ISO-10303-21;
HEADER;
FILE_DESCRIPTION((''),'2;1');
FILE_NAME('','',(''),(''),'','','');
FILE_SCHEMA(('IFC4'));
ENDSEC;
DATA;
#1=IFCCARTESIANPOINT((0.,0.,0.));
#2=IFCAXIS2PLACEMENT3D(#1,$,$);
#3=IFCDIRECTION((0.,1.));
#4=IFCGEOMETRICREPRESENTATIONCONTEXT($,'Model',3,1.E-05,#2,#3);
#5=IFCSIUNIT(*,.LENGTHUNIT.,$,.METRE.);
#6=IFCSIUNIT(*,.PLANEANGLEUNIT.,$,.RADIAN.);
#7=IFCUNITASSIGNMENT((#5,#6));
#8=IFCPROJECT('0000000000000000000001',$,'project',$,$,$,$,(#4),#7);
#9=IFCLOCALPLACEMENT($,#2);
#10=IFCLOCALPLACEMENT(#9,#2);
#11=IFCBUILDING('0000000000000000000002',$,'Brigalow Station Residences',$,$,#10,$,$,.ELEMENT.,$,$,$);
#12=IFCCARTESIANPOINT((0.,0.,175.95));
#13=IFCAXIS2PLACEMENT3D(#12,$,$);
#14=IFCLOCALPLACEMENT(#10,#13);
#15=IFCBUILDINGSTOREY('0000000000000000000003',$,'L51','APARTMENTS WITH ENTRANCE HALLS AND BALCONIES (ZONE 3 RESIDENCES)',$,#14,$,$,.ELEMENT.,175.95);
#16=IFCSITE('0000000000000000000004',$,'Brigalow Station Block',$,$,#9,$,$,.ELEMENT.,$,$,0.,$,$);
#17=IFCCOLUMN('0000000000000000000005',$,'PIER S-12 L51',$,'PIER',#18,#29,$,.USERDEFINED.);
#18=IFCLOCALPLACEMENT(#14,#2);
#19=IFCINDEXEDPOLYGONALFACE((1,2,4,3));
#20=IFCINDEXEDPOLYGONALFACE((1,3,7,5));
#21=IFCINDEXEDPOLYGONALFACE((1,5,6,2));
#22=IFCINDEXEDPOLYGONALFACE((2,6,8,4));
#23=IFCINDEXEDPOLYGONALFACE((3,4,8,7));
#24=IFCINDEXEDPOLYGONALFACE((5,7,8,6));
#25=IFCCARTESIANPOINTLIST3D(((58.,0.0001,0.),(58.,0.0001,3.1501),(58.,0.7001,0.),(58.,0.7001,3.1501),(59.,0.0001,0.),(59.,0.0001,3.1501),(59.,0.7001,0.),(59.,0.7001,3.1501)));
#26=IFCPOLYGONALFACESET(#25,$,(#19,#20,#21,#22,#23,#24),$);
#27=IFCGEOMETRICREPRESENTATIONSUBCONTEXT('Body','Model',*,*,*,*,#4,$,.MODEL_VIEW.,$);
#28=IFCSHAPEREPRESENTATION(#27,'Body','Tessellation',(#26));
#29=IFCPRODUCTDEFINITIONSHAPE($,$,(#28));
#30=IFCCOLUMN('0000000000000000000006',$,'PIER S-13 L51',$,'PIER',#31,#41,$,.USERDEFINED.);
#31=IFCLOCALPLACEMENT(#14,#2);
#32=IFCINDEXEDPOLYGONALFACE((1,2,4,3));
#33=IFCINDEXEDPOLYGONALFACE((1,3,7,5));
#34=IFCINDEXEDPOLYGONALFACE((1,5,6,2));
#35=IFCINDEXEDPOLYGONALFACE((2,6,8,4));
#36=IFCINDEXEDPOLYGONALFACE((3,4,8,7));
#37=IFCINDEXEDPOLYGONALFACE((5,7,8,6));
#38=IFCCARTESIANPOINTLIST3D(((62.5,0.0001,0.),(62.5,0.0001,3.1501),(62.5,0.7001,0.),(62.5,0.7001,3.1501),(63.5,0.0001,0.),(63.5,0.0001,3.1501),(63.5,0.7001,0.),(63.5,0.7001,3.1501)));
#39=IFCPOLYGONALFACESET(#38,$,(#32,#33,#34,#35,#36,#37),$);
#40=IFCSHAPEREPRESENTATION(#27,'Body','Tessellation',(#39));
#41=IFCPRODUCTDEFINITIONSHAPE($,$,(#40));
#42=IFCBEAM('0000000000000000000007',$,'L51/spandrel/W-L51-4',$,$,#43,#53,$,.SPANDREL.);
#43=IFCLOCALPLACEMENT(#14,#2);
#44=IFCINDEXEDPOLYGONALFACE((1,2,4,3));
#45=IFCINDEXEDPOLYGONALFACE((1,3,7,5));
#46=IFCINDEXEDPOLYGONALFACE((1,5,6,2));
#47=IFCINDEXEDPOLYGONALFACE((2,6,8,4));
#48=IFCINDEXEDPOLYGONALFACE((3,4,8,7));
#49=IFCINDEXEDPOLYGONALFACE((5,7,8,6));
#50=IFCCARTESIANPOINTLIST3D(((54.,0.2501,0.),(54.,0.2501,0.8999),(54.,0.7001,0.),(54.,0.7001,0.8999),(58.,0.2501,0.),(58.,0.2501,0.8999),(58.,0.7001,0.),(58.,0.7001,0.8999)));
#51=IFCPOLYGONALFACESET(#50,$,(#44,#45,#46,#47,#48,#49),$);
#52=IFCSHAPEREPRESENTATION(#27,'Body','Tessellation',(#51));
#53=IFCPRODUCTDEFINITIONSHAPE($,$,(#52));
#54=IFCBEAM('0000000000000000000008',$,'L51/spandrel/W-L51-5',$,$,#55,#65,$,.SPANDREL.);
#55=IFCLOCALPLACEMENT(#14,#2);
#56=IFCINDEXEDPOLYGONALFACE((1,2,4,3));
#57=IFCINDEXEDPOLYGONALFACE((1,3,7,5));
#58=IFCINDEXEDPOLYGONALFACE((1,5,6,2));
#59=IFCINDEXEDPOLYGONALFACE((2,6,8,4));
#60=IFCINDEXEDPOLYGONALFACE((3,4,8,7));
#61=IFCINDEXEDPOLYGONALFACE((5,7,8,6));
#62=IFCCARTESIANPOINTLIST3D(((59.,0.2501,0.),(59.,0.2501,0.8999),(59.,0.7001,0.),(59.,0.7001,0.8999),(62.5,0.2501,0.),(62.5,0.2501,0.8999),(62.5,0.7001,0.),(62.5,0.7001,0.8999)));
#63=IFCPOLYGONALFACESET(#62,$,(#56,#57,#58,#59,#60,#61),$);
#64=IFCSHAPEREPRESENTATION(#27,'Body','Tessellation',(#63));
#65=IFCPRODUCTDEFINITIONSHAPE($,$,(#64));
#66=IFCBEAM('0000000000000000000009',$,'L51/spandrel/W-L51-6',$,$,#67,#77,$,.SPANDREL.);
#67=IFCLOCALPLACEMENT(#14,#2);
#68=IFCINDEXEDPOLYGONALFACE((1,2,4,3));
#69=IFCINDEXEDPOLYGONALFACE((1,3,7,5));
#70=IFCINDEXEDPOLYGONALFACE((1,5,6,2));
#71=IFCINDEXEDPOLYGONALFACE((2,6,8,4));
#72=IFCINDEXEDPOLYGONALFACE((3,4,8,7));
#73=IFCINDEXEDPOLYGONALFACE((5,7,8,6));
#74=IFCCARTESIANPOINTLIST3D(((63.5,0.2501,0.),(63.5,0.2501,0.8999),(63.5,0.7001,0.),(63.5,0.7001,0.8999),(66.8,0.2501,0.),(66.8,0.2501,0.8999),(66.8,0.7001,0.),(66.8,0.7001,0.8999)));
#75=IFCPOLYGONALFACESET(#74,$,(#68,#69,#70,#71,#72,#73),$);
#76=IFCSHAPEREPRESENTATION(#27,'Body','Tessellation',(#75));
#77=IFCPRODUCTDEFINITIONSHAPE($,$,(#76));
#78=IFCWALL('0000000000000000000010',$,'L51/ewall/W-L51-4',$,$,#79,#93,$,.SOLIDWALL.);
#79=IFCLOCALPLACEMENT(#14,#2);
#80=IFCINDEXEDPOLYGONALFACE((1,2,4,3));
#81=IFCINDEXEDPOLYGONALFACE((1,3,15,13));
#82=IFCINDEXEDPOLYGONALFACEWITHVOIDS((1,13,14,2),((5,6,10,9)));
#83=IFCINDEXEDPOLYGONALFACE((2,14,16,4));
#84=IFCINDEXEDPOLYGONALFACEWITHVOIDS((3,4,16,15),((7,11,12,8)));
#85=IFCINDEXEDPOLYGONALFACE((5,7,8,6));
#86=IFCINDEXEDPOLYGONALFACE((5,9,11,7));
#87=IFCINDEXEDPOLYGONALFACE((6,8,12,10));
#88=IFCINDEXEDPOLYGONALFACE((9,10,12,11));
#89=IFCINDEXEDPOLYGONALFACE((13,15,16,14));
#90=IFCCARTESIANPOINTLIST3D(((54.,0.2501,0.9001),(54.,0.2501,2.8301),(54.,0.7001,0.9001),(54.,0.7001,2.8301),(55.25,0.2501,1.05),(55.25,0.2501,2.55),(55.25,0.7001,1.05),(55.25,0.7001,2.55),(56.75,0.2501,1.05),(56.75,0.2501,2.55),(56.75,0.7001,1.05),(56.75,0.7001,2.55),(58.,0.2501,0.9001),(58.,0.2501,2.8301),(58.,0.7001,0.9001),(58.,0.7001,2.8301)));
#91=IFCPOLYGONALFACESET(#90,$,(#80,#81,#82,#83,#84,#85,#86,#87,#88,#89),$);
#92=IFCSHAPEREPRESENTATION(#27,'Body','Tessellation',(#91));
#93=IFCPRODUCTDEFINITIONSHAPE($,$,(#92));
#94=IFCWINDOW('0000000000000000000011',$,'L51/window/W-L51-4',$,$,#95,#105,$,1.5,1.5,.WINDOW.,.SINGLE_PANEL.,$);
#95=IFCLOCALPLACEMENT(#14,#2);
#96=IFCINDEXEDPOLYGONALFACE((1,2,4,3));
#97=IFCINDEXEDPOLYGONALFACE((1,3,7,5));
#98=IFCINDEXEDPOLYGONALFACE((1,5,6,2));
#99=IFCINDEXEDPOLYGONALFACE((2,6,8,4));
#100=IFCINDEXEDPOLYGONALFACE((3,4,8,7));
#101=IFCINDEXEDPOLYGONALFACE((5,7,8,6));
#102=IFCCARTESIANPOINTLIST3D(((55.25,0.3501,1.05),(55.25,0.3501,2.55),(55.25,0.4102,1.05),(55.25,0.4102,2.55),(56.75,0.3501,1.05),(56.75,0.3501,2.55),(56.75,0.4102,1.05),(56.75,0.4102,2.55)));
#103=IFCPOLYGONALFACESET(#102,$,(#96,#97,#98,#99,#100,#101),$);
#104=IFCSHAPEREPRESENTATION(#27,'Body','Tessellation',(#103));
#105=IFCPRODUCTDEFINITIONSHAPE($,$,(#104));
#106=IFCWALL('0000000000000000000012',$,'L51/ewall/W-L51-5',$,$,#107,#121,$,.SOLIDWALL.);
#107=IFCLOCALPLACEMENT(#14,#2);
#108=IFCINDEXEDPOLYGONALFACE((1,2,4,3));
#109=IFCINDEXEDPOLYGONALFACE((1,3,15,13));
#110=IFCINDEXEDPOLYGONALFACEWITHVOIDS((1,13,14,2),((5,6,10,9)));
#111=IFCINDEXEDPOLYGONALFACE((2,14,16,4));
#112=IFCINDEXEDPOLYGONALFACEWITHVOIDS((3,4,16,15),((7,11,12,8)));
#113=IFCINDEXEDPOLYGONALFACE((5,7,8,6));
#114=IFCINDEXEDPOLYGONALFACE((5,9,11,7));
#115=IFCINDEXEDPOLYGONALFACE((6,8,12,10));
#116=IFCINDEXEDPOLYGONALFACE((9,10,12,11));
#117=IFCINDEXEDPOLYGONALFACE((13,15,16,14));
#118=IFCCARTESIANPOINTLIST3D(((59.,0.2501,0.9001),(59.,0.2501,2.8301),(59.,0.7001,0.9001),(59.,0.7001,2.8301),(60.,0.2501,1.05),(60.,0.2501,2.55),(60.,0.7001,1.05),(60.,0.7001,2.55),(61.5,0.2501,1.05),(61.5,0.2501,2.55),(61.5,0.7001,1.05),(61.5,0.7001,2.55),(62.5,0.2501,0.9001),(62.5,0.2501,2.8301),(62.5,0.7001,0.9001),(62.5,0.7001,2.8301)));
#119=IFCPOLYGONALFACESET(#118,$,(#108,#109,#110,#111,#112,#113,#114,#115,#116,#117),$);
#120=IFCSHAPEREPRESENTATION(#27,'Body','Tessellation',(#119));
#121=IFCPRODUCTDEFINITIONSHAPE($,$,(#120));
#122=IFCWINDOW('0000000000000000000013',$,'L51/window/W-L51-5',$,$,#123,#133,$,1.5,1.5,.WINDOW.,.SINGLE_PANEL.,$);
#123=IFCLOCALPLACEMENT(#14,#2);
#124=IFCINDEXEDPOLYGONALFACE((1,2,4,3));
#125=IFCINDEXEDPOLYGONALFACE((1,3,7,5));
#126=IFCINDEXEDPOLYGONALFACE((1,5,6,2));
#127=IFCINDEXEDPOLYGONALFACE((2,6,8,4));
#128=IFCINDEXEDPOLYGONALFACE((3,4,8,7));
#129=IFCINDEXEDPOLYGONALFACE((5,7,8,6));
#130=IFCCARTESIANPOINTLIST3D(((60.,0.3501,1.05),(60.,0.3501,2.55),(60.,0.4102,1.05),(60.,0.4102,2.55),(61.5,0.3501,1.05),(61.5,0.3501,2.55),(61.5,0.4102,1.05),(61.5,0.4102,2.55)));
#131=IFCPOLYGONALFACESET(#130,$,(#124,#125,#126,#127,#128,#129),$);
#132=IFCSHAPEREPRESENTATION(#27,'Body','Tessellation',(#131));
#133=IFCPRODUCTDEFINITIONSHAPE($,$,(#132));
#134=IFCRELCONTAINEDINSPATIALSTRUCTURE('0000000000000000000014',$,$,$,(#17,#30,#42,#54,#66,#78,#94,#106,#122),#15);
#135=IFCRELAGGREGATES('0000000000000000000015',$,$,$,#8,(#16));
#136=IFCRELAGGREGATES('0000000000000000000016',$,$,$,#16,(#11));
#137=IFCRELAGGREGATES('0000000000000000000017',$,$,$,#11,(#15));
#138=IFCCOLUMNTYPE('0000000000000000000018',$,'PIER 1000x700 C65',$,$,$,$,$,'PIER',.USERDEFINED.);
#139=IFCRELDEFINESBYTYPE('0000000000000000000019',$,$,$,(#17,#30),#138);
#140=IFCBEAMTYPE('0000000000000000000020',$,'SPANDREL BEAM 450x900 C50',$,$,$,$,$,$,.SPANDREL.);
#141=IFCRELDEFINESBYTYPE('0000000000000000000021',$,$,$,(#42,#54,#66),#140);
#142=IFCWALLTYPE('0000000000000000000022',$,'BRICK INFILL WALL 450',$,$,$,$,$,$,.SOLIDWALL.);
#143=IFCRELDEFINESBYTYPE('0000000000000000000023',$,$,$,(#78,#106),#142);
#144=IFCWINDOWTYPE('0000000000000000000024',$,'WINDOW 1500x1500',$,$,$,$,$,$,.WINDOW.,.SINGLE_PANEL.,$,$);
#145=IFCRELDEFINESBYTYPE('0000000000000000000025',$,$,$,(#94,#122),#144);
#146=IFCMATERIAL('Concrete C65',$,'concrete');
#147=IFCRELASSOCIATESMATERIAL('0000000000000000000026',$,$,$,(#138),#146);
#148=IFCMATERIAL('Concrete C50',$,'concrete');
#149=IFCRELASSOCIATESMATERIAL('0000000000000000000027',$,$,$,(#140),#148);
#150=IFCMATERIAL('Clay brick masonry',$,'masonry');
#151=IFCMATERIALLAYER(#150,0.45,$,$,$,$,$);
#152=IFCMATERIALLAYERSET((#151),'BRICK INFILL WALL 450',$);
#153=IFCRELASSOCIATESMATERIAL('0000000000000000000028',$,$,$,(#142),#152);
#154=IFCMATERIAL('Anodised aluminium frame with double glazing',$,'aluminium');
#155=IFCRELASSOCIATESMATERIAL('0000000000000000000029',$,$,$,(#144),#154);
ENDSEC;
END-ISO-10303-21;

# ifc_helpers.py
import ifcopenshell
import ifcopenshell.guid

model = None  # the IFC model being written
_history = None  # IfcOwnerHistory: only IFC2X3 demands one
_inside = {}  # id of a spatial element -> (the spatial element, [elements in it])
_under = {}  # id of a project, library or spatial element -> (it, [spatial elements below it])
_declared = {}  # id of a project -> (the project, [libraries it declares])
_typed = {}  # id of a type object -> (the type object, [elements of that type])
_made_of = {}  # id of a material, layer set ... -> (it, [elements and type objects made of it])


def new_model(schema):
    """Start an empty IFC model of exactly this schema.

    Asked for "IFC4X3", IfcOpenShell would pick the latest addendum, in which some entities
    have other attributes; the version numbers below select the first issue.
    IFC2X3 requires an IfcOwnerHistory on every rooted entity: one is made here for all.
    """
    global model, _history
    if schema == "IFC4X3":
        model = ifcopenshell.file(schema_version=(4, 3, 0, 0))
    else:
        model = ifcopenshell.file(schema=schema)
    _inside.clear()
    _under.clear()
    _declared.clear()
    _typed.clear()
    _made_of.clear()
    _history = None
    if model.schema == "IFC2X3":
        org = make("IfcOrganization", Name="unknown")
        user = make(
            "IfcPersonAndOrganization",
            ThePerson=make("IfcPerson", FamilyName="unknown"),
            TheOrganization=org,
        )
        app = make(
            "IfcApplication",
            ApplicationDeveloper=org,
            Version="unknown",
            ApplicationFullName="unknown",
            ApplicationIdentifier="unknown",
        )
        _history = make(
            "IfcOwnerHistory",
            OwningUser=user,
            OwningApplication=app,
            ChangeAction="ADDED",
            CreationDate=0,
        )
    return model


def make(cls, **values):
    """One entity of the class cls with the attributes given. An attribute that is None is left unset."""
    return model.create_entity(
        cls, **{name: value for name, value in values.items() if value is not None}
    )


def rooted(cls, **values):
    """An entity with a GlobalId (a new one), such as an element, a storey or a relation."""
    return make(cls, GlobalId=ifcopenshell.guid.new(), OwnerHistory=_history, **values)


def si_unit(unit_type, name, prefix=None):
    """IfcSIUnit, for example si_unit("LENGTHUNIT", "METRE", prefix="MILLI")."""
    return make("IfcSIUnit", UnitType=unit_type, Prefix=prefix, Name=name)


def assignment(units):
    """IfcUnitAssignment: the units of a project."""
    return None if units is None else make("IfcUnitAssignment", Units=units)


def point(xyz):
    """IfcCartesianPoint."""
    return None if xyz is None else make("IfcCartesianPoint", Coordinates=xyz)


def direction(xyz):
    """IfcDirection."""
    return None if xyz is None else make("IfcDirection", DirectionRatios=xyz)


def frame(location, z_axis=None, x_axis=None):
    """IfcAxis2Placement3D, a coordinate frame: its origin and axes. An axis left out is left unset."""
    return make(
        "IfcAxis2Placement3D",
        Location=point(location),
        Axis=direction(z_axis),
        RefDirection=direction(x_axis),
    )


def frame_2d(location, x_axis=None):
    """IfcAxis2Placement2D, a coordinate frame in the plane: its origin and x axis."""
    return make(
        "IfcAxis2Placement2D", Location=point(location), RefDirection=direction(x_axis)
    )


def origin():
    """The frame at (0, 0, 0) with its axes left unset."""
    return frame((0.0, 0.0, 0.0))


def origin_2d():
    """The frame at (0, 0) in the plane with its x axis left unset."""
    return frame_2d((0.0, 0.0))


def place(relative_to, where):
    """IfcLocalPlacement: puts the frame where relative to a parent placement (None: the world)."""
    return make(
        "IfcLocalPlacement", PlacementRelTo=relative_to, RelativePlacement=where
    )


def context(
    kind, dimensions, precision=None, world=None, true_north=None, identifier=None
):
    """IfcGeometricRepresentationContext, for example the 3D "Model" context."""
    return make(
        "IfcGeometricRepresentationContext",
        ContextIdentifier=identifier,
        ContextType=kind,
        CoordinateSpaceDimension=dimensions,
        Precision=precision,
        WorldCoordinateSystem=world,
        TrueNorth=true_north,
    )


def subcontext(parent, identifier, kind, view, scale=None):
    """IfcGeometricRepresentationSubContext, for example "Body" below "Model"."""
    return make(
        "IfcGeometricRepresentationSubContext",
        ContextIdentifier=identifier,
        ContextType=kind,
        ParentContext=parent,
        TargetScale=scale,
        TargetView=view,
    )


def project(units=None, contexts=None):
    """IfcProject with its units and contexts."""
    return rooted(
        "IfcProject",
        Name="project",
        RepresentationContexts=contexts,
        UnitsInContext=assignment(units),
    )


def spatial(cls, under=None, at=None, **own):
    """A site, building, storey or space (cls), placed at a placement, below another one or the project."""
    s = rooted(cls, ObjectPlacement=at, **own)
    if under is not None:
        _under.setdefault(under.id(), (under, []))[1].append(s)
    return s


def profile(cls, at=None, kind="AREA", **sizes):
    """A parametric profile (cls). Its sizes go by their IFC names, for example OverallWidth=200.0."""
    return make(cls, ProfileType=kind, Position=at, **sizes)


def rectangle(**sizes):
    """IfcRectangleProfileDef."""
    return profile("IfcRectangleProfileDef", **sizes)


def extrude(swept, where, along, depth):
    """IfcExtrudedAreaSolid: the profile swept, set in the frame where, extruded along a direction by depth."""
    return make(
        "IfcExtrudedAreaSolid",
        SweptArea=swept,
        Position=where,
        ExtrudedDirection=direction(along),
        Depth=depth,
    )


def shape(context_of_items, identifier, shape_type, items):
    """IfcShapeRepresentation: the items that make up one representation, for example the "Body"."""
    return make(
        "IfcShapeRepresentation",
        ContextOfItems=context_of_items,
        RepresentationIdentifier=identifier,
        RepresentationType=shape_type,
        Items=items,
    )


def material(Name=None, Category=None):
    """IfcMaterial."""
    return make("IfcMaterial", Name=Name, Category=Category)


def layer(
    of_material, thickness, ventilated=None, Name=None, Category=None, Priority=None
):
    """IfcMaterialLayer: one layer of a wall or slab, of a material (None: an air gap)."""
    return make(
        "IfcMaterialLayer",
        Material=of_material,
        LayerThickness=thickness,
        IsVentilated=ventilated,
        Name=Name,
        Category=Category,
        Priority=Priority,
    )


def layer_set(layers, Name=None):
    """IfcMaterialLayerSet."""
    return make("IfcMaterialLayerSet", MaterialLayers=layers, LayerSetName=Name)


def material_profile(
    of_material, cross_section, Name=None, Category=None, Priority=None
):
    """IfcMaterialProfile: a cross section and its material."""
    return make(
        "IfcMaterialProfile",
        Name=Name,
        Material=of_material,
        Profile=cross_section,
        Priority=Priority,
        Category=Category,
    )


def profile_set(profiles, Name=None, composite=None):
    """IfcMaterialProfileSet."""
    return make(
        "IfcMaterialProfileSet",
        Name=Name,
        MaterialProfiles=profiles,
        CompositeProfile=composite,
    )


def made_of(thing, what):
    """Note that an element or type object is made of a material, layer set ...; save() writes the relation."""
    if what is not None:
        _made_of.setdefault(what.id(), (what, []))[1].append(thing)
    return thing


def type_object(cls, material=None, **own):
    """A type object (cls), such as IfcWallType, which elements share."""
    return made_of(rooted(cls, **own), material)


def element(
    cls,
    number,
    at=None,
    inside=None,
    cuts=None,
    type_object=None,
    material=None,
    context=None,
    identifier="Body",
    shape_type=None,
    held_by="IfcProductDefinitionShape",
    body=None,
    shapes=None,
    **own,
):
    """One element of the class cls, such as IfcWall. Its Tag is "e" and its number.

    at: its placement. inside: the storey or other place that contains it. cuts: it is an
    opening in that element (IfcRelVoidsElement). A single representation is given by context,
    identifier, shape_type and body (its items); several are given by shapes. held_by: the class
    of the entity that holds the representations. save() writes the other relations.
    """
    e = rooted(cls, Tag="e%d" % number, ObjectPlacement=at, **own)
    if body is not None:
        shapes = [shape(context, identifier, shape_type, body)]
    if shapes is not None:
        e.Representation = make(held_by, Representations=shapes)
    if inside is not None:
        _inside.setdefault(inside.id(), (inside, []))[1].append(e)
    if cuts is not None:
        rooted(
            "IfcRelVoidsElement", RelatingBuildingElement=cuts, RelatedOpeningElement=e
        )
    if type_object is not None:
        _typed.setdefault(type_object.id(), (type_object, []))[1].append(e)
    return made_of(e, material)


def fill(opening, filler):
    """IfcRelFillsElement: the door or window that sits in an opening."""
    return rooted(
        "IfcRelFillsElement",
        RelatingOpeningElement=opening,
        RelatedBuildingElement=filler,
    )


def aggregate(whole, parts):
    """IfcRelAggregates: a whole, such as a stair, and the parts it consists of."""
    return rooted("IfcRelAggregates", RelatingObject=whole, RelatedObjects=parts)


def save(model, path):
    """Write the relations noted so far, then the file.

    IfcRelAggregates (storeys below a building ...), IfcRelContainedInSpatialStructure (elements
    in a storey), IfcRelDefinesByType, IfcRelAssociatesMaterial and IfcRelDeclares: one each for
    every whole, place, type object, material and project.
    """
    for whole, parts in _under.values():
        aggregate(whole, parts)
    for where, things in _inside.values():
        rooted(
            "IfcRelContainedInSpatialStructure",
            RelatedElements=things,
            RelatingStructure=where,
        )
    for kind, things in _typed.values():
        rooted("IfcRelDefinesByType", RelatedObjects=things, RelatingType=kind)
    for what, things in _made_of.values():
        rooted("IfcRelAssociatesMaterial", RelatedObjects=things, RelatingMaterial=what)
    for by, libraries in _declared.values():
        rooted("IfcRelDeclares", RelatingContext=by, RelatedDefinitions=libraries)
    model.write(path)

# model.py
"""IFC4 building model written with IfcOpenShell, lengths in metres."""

from ifc_helpers import new_model, si_unit, direction, frame, frame_2d, origin, origin_2d, place, context, subcontext, project, spatial, rectangle, extrude, material, layer, layer_set, material_profile, profile_set, type_object, element, fill, save


model = new_model("IFC4")

# Units and contexts
model_context = context("Model", 3, precision=1e-05, world=origin(), true_north=direction((0.0, 1.0)))
body_context = subcontext(model_context, "Body", "Model", "MODEL_VIEW")
ifc_project = project(units=[si_unit("LENGTHUNIT", "METRE"), si_unit("PLANEANGLEUNIT", "RADIAN")], contexts=[model_context])

# Site, building, storey
site_placement = place(None, origin())
site = spatial("IfcSite", under=ifc_project, at=site_placement, Name="Brigalow Station Block", CompositionType="ELEMENT", RefElevation=0.0)
building_placement = place(site_placement, origin())
building = spatial("IfcBuilding", under=site, at=building_placement, Name="Brigalow Station Residences", CompositionType="ELEMENT")
storey_placement = place(building_placement, frame((0.0, 0.0, 175.95)))
storey = spatial("IfcBuildingStorey", under=building, at=storey_placement, Name="L51", Description="APARTMENTS WITH ENTRANCE HALLS AND BALCONIES (ZONE 3 RESIDENCES)", CompositionType="ELEMENT", Elevation=175.95)

# Columns
ifc_material_1 = material(Name="Concrete C65", Category="concrete")
ifc_material_profile_1 = material_profile(ifc_material_1, rectangle(XDim=1.0, YDim=0.7, at=origin_2d()), Name="RC1000x700")
ifc_profile_set_1 = profile_set([ifc_material_profile_1], Name="Concrete C65")
column_type = type_object("IfcColumnType", Name="PIER 1000x700 C65", ElementType="PIER", PredefinedType="USERDEFINED", material=ifc_profile_set_1)
for number, where, z_axis, x_axis, name in (
    (1, (58.5, 0.3501, 0.0), (0.0, 0.0, 1.0), (1.0, 0.0, 0.0), "PIER S-12 L51"),
    (2, (63.0, 0.3501, 0.0), (0.0, 0.0, 1.0), (1.0, 0.0, 0.0), "PIER S-13 L51"),
):
    element("IfcColumn", number, at=place(storey_placement, frame(where, z_axis=z_axis, x_axis=x_axis)), inside=storey, type_object=column_type, Name=name, ObjectType="PIER", PredefinedType="USERDEFINED", context=body_context, shape_type="SweptSolid", body=[
        extrude(rectangle(XDim=1.0, YDim=0.7, at=origin_2d()), origin(), (0.0, 0.0, 1.0), 3.1501),
    ])

# Beams
ifc_material_2 = material(Name="Concrete C50", Category="concrete")
ifc_material_profile_2 = material_profile(ifc_material_2, rectangle(XDim=0.45, YDim=0.8999, at=origin_2d()), Name="RC450x900")
ifc_profile_set_2 = profile_set([ifc_material_profile_2], Name="Concrete C50")
beam_type = type_object("IfcBeamType", Name="SPANDREL BEAM 450x900 C50", PredefinedType="SPANDREL", material=ifc_profile_set_2)
beam_1_placement = place(storey_placement, frame((54.0, 0.4751, 0.45), z_axis=(1.0, 0.0, 0.0), x_axis=(0.0, 1.0, 0.0)))
element("IfcBeam", 3, at=beam_1_placement, inside=storey, type_object=beam_type, Name="L51/spandrel/W-L51-4", PredefinedType="SPANDREL", context=body_context, shape_type="SweptSolid", body=[
    extrude(rectangle(XDim=0.45, YDim=0.8999, at=origin_2d()), origin(), (0.0, 0.0, 1.0), 4.0),
])
beam_2_placement = place(storey_placement, frame((59.0, 0.4751, 0.45), z_axis=(1.0, 0.0, 0.0), x_axis=(0.0, 1.0, 0.0)))
element("IfcBeam", 4, at=beam_2_placement, inside=storey, type_object=beam_type, Name="L51/spandrel/W-L51-5", PredefinedType="SPANDREL", context=body_context, shape_type="SweptSolid", body=[
    extrude(rectangle(XDim=0.45, YDim=0.8999, at=origin_2d()), origin(), (0.0, 0.0, 1.0), 3.5),
])
beam_3_placement = place(storey_placement, frame((63.5, 0.4751, 0.45), z_axis=(1.0, 0.0, 0.0), x_axis=(0.0, 1.0, 0.0)))
element("IfcBeam", 5, at=beam_3_placement, inside=storey, type_object=beam_type, Name="L51/spandrel/W-L51-6", PredefinedType="SPANDREL", context=body_context, shape_type="SweptSolid", body=[
    extrude(rectangle(XDim=0.45, YDim=0.8999, at=origin_2d()), origin(), (0.0, 0.0, 1.0), 3.3),
])

# Walls, openings, windows
ifc_material_3 = material(Name="Clay brick masonry", Category="masonry")
ifc_layer_1 = layer(ifc_material_3, 0.45)
ifc_layer_set_1 = layer_set([ifc_layer_1], Name="BRICK INFILL WALL 450")
wall_type_1 = type_object("IfcWallType", Name="BRICK INFILL WALL 450", PredefinedType="SOLIDWALL", material=ifc_layer_set_1)
wall_1_placement = place(storey_placement, frame((54.0, 0.4751, 0.9001), z_axis=(0.0, 0.0, 1.0), x_axis=(1.0, 0.0, 0.0)))
wall_1 = element("IfcWall", 6, at=wall_1_placement, inside=storey, type_object=wall_type_1, Name="L51/ewall/W-L51-4", PredefinedType="SOLIDWALL", context=body_context, shape_type="SweptSolid", body=[
    extrude(rectangle(XDim=4.0, YDim=0.45, at=frame_2d((2.0, 0.0))), origin(), (0.0, 0.0, 1.0), 1.9299),
])
opening_1_placement = place(wall_1_placement, frame((1.25, 0.0, 0.1499)))
opening_1 = element("IfcOpeningElement", 7, at=opening_1_placement, cuts=wall_1, PredefinedType="OPENING", context=body_context, shape_type="SweptSolid", body=[
    extrude(rectangle(XDim=1.5, YDim=1.5, at=frame_2d((0.75, 0.75))), frame((0.0, 0.2349, 0.0), z_axis=(0.0, -1.0, 0.0), x_axis=(1.0, 0.0, 0.0)), (0.0, 0.0, 1.0), 0.47),
])
ifc_material_4 = material(Name="Anodised aluminium frame with double glazing", Category="aluminium")
window_type = type_object("IfcWindowType", Name="WINDOW 1500x1500", PartitioningType="SINGLE_PANEL", PredefinedType="WINDOW", material=ifc_material_4)
window_1_placement = place(opening_1_placement, origin())
window_1 = element("IfcWindow", 8, at=window_1_placement, inside=storey, type_object=window_type, Name="L51/window/W-L51-4", OverallHeight=1.5, OverallWidth=1.5, PartitioningType="SINGLE_PANEL", PredefinedType="WINDOW", context=body_context, shape_type="SweptSolid", body=[
    extrude(rectangle(XDim=1.5, YDim=1.5, at=frame_2d((0.75, 0.75))), frame((0.0, -0.0649, 0.0), z_axis=(0.0, -1.0, 0.0), x_axis=(1.0, 0.0, 0.0)), (0.0, 0.0, 1.0), 0.0601),
])
fill(opening_1, window_1)
wall_2_placement = place(storey_placement, frame((59.0, 0.4751, 0.9001), z_axis=(0.0, 0.0, 1.0), x_axis=(1.0, 0.0, 0.0)))
wall_2 = element("IfcWall", 9, at=wall_2_placement, inside=storey, type_object=wall_type_1, Name="L51/ewall/W-L51-5", PredefinedType="SOLIDWALL", context=body_context, shape_type="SweptSolid", body=[
    extrude(rectangle(XDim=3.5, YDim=0.45, at=frame_2d((1.75, 0.0))), origin(), (0.0, 0.0, 1.0), 1.9299),
])
opening_2_placement = place(wall_2_placement, frame((1.0, 0.0, 0.1499)))
opening_2 = element("IfcOpeningElement", 10, at=opening_2_placement, cuts=wall_2, PredefinedType="OPENING", context=body_context, shape_type="SweptSolid", body=[
    extrude(rectangle(XDim=1.5, YDim=1.5, at=frame_2d((0.75, 0.75))), frame((0.0, 0.2349, 0.0), z_axis=(0.0, -1.0, 0.0), x_axis=(1.0, 0.0, 0.0)), (0.0, 0.0, 1.0), 0.47),
])
window_2_placement = place(opening_2_placement, origin())
window_2 = element("IfcWindow", 11, at=window_2_placement, inside=storey, type_object=window_type, Name="L51/window/W-L51-5", OverallHeight=1.5, OverallWidth=1.5, PartitioningType="SINGLE_PANEL", PredefinedType="WINDOW", context=body_context, shape_type="SweptSolid", body=[
    extrude(rectangle(XDim=1.5, YDim=1.5, at=frame_2d((0.75, 0.75))), frame((0.0, -0.0649, 0.0), z_axis=(0.0, -1.0, 0.0), x_axis=(1.0, 0.0, 0.0)), (0.0, 0.0, 1.0), 0.0601),
])
fill(opening_2, window_2)

save(model, "model.ifc")
